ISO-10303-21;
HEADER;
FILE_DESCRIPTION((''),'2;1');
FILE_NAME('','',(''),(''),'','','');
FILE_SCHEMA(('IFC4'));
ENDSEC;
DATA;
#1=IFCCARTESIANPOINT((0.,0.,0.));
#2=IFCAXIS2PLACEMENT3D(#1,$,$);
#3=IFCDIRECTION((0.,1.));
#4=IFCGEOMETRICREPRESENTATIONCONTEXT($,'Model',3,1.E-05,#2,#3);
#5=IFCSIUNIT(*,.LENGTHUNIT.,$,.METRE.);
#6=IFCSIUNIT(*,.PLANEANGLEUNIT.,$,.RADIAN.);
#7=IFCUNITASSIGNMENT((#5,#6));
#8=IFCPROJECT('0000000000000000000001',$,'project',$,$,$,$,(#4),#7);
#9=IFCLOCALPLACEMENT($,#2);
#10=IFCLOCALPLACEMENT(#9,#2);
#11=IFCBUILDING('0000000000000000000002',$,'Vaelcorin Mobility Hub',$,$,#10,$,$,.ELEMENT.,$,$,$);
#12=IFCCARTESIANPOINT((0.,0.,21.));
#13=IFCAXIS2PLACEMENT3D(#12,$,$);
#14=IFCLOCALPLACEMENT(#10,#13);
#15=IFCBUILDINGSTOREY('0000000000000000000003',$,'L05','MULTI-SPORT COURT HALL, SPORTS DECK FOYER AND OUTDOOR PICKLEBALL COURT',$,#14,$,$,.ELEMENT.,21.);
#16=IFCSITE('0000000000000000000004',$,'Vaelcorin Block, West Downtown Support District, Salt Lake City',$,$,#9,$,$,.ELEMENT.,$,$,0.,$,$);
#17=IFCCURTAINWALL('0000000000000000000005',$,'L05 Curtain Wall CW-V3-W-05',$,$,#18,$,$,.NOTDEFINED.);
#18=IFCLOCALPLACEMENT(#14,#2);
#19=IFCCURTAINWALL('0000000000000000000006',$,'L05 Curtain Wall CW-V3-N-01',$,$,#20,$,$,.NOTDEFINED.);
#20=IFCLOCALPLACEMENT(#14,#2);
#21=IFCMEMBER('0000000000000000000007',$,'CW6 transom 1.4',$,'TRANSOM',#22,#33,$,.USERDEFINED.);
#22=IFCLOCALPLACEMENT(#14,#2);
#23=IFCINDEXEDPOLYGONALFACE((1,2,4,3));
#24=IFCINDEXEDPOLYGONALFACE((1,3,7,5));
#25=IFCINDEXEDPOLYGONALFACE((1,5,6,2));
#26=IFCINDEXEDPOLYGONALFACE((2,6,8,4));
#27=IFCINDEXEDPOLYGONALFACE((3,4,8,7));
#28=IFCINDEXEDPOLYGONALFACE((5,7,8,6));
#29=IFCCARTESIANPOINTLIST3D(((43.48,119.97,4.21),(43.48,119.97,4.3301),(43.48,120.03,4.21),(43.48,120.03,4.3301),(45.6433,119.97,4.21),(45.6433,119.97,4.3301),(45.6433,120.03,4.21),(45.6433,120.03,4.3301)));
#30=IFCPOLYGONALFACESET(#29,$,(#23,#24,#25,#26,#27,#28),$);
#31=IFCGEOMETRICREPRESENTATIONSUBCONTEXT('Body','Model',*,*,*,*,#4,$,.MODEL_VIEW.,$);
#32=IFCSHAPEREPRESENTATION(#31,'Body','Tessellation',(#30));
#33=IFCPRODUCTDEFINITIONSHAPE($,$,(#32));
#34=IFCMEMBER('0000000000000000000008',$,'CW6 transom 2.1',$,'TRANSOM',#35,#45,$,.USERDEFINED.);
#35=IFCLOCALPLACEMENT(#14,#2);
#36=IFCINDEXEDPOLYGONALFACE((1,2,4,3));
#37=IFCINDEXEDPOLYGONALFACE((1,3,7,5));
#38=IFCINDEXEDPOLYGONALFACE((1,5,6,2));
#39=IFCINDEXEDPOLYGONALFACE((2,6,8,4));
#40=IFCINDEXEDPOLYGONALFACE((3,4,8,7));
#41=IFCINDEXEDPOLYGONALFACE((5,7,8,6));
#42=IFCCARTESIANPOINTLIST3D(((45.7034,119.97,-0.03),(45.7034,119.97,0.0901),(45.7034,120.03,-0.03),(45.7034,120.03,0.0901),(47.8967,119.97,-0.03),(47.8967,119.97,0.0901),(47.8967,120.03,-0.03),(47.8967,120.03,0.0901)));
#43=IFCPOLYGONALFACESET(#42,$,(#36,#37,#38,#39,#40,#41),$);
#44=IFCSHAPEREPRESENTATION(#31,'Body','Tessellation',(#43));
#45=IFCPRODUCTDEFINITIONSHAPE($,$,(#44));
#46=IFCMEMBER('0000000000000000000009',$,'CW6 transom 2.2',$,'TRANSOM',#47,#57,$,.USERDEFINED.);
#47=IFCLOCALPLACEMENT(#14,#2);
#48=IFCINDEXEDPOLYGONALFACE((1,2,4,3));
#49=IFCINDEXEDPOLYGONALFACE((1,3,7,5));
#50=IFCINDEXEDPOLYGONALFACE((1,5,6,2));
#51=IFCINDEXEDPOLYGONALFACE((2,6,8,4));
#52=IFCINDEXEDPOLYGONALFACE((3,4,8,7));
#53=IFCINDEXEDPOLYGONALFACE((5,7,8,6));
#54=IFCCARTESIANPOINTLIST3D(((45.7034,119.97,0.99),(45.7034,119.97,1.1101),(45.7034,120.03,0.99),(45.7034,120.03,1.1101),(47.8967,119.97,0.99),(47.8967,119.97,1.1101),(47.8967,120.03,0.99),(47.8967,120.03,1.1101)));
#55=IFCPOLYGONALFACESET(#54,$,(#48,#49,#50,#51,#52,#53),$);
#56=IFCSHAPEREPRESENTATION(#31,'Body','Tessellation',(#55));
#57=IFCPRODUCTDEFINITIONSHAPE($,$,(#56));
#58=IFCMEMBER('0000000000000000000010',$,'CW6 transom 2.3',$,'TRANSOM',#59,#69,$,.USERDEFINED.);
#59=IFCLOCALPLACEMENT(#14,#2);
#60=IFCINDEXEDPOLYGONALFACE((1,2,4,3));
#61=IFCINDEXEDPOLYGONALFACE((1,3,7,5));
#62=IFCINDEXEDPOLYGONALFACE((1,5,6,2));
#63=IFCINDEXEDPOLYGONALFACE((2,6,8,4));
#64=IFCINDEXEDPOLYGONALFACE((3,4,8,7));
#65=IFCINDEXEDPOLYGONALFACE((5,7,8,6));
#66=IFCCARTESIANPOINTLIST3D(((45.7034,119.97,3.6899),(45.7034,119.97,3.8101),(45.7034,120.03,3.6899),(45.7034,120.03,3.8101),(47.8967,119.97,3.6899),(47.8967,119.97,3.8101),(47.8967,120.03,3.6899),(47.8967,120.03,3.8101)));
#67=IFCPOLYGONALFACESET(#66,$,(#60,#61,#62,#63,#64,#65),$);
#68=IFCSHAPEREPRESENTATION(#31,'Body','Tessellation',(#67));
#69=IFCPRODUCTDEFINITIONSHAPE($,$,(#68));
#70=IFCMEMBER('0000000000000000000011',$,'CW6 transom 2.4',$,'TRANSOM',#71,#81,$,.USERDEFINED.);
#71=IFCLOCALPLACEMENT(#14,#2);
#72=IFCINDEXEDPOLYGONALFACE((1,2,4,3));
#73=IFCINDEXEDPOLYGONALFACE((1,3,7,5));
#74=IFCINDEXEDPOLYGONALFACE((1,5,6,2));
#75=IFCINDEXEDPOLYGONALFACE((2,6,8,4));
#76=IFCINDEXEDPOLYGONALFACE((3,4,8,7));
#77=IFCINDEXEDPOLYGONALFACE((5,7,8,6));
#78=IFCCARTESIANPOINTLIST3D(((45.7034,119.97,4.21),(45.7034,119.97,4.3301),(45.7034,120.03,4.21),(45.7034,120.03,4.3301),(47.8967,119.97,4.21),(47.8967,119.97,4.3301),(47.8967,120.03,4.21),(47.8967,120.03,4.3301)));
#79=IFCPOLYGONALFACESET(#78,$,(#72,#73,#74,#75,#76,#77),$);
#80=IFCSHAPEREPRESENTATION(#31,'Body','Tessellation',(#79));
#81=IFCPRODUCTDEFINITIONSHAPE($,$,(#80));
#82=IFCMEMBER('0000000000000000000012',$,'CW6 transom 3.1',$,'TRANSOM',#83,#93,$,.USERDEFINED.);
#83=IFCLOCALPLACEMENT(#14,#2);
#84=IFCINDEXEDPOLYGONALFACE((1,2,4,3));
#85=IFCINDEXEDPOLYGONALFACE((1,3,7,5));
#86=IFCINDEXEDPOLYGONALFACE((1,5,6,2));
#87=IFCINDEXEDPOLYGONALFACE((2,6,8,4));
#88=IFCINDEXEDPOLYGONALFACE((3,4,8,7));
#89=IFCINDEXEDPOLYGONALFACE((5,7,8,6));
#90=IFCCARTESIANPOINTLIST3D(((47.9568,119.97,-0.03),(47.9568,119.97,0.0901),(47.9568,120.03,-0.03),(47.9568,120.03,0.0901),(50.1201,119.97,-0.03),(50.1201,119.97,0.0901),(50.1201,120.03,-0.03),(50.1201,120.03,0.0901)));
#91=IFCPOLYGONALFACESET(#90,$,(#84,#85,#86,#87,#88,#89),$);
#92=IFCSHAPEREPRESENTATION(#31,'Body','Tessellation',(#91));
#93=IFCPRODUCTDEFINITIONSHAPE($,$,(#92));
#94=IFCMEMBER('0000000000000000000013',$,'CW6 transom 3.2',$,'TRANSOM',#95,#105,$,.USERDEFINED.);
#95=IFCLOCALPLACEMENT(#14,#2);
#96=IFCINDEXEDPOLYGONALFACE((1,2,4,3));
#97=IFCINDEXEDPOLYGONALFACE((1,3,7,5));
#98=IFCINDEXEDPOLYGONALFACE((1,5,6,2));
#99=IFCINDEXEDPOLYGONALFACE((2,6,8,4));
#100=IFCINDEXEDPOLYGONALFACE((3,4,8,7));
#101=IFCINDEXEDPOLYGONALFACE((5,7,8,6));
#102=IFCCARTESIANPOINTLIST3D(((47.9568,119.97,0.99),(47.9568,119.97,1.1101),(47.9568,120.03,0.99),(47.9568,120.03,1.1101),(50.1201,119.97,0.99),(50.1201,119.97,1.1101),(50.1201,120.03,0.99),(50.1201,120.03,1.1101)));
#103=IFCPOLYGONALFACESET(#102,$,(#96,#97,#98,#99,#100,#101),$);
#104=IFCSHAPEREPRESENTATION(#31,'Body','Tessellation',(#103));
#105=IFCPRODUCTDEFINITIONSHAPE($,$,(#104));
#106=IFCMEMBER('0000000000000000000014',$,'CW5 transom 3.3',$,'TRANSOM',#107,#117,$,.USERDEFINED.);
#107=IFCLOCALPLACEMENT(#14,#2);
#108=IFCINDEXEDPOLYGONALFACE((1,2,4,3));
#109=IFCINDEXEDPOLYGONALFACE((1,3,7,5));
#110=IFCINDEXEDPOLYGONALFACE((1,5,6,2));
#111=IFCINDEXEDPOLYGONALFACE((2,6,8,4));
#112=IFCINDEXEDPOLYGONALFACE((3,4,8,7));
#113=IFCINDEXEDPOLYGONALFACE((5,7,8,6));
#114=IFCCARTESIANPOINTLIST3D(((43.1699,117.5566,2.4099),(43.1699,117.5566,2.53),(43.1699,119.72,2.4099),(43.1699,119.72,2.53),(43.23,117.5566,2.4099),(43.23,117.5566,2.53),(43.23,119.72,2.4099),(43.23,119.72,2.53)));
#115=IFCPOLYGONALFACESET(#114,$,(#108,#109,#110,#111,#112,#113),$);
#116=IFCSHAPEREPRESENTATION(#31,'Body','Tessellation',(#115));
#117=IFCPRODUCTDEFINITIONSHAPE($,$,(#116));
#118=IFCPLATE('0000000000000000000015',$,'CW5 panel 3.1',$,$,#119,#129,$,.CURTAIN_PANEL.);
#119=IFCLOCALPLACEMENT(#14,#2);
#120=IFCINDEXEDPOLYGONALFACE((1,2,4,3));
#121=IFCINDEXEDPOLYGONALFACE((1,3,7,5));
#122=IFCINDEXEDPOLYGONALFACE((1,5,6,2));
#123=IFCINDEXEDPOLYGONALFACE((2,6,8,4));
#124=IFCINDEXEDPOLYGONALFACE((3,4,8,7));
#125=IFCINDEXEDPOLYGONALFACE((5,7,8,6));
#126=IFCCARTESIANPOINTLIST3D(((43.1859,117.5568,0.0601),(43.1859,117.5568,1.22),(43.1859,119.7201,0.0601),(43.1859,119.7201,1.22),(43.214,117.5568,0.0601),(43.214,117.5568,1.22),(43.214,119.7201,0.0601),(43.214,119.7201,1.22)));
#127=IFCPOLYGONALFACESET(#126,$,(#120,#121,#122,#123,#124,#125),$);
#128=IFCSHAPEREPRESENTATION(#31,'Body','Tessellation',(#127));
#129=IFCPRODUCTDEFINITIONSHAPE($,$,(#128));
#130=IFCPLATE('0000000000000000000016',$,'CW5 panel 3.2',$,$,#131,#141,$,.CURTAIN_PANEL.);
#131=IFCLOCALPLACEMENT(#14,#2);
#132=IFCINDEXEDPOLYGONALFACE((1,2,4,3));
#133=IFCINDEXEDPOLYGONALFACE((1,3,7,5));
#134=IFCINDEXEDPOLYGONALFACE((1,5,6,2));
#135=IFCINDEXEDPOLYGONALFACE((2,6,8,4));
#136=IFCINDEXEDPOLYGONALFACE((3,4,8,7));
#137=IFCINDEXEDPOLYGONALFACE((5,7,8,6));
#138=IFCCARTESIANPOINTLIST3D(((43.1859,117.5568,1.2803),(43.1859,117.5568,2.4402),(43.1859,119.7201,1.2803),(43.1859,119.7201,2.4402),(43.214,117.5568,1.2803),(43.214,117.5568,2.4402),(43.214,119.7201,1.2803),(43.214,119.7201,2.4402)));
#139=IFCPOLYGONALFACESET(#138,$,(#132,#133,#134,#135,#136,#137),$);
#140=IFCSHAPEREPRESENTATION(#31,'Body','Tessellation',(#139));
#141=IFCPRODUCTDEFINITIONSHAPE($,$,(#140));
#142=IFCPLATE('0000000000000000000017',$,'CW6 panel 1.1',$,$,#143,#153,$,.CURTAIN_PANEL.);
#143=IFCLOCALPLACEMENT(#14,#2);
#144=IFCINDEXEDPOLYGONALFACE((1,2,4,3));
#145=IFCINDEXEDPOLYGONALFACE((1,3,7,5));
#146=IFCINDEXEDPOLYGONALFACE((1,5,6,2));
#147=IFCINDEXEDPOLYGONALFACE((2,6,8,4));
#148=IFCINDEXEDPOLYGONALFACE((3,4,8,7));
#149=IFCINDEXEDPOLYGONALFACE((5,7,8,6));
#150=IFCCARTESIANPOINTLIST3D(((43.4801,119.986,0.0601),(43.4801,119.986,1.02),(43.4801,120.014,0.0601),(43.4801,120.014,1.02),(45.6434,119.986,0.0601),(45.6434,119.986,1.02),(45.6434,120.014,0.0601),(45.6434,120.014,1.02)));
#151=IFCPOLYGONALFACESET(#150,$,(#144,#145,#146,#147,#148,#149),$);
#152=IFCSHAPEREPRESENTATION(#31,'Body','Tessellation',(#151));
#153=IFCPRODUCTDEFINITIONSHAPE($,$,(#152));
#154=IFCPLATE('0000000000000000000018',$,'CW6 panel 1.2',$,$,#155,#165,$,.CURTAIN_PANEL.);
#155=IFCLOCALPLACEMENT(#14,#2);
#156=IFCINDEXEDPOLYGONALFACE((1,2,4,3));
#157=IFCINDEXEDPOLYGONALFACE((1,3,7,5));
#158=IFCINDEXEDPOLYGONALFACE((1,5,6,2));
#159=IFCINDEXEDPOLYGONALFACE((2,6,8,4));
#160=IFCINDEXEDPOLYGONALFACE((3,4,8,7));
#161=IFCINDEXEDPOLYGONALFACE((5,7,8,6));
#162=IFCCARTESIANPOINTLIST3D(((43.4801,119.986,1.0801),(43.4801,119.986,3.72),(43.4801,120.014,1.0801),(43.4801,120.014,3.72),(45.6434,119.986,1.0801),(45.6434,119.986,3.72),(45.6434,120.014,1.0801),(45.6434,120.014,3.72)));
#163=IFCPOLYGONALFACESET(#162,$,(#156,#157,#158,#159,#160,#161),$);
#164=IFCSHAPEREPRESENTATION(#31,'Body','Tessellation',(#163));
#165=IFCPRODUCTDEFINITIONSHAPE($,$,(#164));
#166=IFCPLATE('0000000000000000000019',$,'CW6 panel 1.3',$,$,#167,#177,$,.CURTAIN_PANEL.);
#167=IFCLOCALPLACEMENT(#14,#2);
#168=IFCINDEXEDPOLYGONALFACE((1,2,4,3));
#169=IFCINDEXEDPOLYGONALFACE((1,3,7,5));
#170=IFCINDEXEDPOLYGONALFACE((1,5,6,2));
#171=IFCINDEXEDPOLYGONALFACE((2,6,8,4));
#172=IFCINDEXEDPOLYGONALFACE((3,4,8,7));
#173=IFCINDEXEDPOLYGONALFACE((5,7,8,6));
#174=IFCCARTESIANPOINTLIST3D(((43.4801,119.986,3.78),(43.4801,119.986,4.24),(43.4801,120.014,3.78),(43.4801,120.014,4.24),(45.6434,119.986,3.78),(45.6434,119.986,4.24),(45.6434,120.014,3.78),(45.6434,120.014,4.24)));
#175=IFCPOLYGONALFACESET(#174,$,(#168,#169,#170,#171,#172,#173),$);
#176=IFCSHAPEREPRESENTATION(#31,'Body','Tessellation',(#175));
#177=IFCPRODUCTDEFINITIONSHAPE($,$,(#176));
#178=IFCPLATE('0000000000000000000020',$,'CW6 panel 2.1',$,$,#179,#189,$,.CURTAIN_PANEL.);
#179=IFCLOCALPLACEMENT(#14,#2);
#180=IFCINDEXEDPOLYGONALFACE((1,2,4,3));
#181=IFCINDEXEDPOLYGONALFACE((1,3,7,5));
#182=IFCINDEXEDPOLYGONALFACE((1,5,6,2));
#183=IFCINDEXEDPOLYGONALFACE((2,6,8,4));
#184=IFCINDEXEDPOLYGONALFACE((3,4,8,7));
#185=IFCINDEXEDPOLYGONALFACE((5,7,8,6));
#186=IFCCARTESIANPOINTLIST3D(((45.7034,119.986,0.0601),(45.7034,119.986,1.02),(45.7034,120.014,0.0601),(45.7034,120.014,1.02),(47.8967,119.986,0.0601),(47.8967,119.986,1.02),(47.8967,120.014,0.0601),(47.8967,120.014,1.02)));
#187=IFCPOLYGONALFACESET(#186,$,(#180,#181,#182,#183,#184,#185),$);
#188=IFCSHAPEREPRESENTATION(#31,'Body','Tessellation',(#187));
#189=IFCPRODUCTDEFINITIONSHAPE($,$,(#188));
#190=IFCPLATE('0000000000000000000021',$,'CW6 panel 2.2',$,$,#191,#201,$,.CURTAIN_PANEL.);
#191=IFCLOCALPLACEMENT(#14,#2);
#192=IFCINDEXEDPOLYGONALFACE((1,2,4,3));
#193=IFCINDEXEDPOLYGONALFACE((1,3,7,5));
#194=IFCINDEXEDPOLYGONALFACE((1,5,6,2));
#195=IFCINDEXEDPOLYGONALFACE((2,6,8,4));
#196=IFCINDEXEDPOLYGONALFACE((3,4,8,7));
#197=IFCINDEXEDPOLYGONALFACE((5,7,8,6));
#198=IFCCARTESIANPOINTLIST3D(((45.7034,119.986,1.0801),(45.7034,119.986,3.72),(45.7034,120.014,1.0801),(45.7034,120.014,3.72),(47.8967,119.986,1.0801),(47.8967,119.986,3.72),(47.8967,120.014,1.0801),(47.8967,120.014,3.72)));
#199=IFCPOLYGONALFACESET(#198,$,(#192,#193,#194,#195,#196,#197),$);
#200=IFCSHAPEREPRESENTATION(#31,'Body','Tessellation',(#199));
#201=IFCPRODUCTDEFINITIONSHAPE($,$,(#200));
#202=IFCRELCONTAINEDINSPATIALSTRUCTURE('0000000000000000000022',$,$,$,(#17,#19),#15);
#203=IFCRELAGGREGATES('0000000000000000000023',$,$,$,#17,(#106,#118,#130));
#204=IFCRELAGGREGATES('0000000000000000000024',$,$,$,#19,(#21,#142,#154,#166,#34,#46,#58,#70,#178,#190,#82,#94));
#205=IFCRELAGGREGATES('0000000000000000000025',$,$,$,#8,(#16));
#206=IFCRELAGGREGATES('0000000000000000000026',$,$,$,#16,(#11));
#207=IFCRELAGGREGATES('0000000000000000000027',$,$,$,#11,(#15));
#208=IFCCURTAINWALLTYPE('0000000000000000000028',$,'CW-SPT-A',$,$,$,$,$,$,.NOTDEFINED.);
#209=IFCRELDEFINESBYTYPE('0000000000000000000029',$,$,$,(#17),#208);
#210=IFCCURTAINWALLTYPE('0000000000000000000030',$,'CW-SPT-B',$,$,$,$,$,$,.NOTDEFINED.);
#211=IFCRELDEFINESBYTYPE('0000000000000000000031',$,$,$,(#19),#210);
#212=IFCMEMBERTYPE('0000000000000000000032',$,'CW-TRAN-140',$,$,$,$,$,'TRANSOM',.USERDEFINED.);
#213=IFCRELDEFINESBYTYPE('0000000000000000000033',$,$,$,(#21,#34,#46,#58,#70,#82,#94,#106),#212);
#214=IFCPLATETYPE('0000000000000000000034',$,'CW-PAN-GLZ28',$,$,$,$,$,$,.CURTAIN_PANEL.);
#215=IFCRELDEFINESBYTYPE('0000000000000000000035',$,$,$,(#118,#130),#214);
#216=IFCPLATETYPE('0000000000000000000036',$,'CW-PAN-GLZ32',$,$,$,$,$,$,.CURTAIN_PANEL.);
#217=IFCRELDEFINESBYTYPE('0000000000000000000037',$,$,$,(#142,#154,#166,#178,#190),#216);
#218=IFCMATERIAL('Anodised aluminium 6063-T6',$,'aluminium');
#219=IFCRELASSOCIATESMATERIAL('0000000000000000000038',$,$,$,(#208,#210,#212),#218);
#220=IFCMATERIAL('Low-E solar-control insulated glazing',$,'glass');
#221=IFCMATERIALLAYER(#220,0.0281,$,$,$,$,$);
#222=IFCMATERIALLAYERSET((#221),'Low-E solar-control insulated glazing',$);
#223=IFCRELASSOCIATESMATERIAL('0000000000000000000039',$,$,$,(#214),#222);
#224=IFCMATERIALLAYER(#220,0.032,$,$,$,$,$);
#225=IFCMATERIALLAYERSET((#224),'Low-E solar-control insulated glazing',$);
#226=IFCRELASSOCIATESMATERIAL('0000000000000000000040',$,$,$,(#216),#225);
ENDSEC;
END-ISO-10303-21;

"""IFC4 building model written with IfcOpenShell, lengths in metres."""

from ifc_helpers import new_model, si_unit, direction, frame, origin, origin_2d, place, context, subcontext, project, spatial, rectangle, extrude, material, layer, layer_set, material_profile, profile_set, type_object, element, aggregate, save


model = new_model("IFC4")

# Units and contexts
model_context = context("Model", 3, precision=1e-05, world=origin(), true_north=direction((0.0, 1.0)))
body_context = subcontext(model_context, "Body", "Model", "MODEL_VIEW")
ifc_project = project(units=[si_unit("LENGTHUNIT", "METRE"), si_unit("PLANEANGLEUNIT", "RADIAN")], contexts=[model_context])

# Site, building, storey
site_placement = place(None, origin())
site = spatial("IfcSite", under=ifc_project, at=site_placement, Name="Vaelcorin Block, West Downtown Support District, Salt Lake City", CompositionType="ELEMENT", RefElevation=0.0)
building_placement = place(site_placement, origin())
building = spatial("IfcBuilding", under=site, at=building_placement, Name="Vaelcorin Mobility Hub", CompositionType="ELEMENT")
storey_placement = place(building_placement, frame((0.0, 0.0, 21.0)))
storey = spatial("IfcBuildingStorey", under=building, at=storey_placement, Name="L05", Description="MULTI-SPORT COURT HALL, SPORTS DECK FOYER AND OUTDOOR PICKLEBALL COURT", CompositionType="ELEMENT", Elevation=21.0)

# Curtain wall
ifc_material_1 = material(Name="Anodised aluminium 6063-T6", Category="aluminium")
curtain_wall_type_1 = type_object("IfcCurtainWallType", Name="CW-SPT-A", PredefinedType="NOTDEFINED", material=ifc_material_1)
curtain_wall_1_placement = place(storey_placement, origin())
curtain_wall_1 = element("IfcCurtainWall", 1, at=curtain_wall_1_placement, inside=storey, type_object=curtain_wall_type_1, Name="L05 Curtain Wall CW-V3-W-05", PredefinedType="NOTDEFINED")

# Curtain wall, members
curtain_wall_type_2 = type_object("IfcCurtainWallType", Name="CW-SPT-B", PredefinedType="NOTDEFINED", material=ifc_material_1)
curtain_wall_2_placement = place(storey_placement, origin())
curtain_wall_2 = element("IfcCurtainWall", 2, at=curtain_wall_2_placement, inside=storey, type_object=curtain_wall_type_2, Name="L05 Curtain Wall CW-V3-N-01", PredefinedType="NOTDEFINED")
ifc_material_profile_1 = material_profile(ifc_material_1, rectangle(XDim=0.0601, YDim=0.1201, at=origin_2d()), Name="ALU-T60X120")
ifc_profile_set_1 = profile_set([ifc_material_profile_1], Name="Anodised aluminium 6063-T6")
member_type_1 = type_object("IfcMemberType", Name="CW-TRAN-140", ElementType="TRANSOM", PredefinedType="USERDEFINED", material=ifc_profile_set_1)
member_1_placement = place(storey_placement, frame((43.48, 120.0, 4.27), z_axis=(1.0, 0.0, 0.0), x_axis=(0.0, 1.0, 0.0)))
member_1 = element("IfcMember", 3, at=member_1_placement, type_object=member_type_1, Name="CW6 transom 1.4", ObjectType="TRANSOM", PredefinedType="USERDEFINED", context=body_context, shape_type="SweptSolid", body=[
    extrude(rectangle(XDim=0.0601, YDim=0.1201, at=origin_2d()), origin(), (0.0, 0.0, 1.0), 2.1633),
])
member_2_placement = place(storey_placement, frame((45.7034, 120.0, 0.03), z_axis=(1.0, 0.0, 0.0), x_axis=(0.0, 1.0, 0.0)))
member_2 = element("IfcMember", 4, at=member_2_placement, type_object=member_type_1, Name="CW6 transom 2.1", ObjectType="TRANSOM", PredefinedType="USERDEFINED", context=body_context, shape_type="SweptSolid", body=[
    extrude(rectangle(XDim=0.0601, YDim=0.1201, at=origin_2d()), origin(), (0.0, 0.0, 1.0), 2.1934),
])
member_3_placement = place(storey_placement, frame((45.7034, 120.0, 1.05), z_axis=(1.0, 0.0, 0.0), x_axis=(0.0, 1.0, 0.0)))
member_3 = element("IfcMember", 5, at=member_3_placement, type_object=member_type_1, Name="CW6 transom 2.2", ObjectType="TRANSOM", PredefinedType="USERDEFINED", context=body_context, shape_type="SweptSolid", body=[
    extrude(rectangle(XDim=0.0601, YDim=0.1201, at=origin_2d()), origin(), (0.0, 0.0, 1.0), 2.1934),
])
member_4_placement = place(storey_placement, frame((45.7034, 120.0, 3.75), z_axis=(1.0, 0.0, 0.0), x_axis=(0.0, 1.0, 0.0)))
member_4 = element("IfcMember", 6, at=member_4_placement, type_object=member_type_1, Name="CW6 transom 2.3", ObjectType="TRANSOM", PredefinedType="USERDEFINED", context=body_context, shape_type="SweptSolid", body=[
    extrude(rectangle(XDim=0.0601, YDim=0.1201, at=origin_2d()), origin(), (0.0, 0.0, 1.0), 2.1934),
])
member_5_placement = place(storey_placement, frame((45.7034, 120.0, 4.27), z_axis=(1.0, 0.0, 0.0), x_axis=(0.0, 1.0, 0.0)))
member_5 = element("IfcMember", 7, at=member_5_placement, type_object=member_type_1, Name="CW6 transom 2.4", ObjectType="TRANSOM", PredefinedType="USERDEFINED", context=body_context, shape_type="SweptSolid", body=[
    extrude(rectangle(XDim=0.0601, YDim=0.1201, at=origin_2d()), origin(), (0.0, 0.0, 1.0), 2.1934),
])
member_6_placement = place(storey_placement, frame((47.9568, 120.0, 0.03), z_axis=(1.0, 0.0, 0.0), x_axis=(0.0, 1.0, 0.0)))
member_6 = element("IfcMember", 8, at=member_6_placement, type_object=member_type_1, Name="CW6 transom 3.1", ObjectType="TRANSOM", PredefinedType="USERDEFINED", context=body_context, shape_type="SweptSolid", body=[
    extrude(rectangle(XDim=0.0601, YDim=0.1201, at=origin_2d()), origin(), (0.0, 0.0, 1.0), 2.1633),
])
member_7_placement = place(storey_placement, frame((47.9568, 120.0, 1.05), z_axis=(1.0, 0.0, 0.0), x_axis=(0.0, 1.0, 0.0)))
member_7 = element("IfcMember", 9, at=member_7_placement, type_object=member_type_1, Name="CW6 transom 3.2", ObjectType="TRANSOM", PredefinedType="USERDEFINED", context=body_context, shape_type="SweptSolid", body=[
    extrude(rectangle(XDim=0.0601, YDim=0.1201, at=origin_2d()), origin(), (0.0, 0.0, 1.0), 2.1633),
])

# Member
member_8_placement = place(storey_placement, frame((43.2, 117.5566, 2.47), z_axis=(0.0, 1.0, 0.0), x_axis=(-1.0, 0.0, 0.0)))
member_8 = element("IfcMember", 10, at=member_8_placement, type_object=member_type_1, Name="CW5 transom 3.3", ObjectType="TRANSOM", PredefinedType="USERDEFINED", context=body_context, shape_type="SweptSolid", body=[
    extrude(rectangle(XDim=0.0601, YDim=0.1201, at=origin_2d()), origin(), (0.0, 0.0, 1.0), 2.1633),
])

# Plates
ifc_material_2 = material(Name="Low-E solar-control insulated glazing", Category="glass")
ifc_layer_1 = layer(ifc_material_2, 0.0281)
ifc_layer_set_1 = layer_set([ifc_layer_1], Name="Low-E solar-control insulated glazing")
plate_type_1 = type_object("IfcPlateType", Name="CW-PAN-GLZ28", PredefinedType="CURTAIN_PANEL", material=ifc_layer_set_1)
plate_1_placement = place(storey_placement, frame((43.2, 118.6384, 0.0601), z_axis=(0.0, 0.0, 1.0), x_axis=(0.0, 1.0, 0.0)))
plate_1 = element("IfcPlate", 11, at=plate_1_placement, type_object=plate_type_1, Name="CW5 panel 3.1", PredefinedType="CURTAIN_PANEL", context=body_context, shape_type="SweptSolid", body=[
    extrude(rectangle(XDim=2.1633, YDim=0.0281, at=origin_2d()), origin(), (0.0, 0.0, 1.0), 1.1599),
])
plate_2_placement = place(storey_placement, frame((43.2, 118.6384, 1.2803), z_axis=(0.0, 0.0, 1.0), x_axis=(0.0, 1.0, 0.0)))
plate_2 = element("IfcPlate", 12, at=plate_2_placement, type_object=plate_type_1, Name="CW5 panel 3.2", PredefinedType="CURTAIN_PANEL", context=body_context, shape_type="SweptSolid", body=[
    extrude(rectangle(XDim=2.1633, YDim=0.0281, at=origin_2d()), origin(), (0.0, 0.0, 1.0), 1.1599),
])
aggregate(curtain_wall_1, [member_8, plate_1, plate_2])
ifc_layer_2 = layer(ifc_material_2, 0.032)
ifc_layer_set_2 = layer_set([ifc_layer_2], Name="Low-E solar-control insulated glazing")
plate_type_2 = type_object("IfcPlateType", Name="CW-PAN-GLZ32", PredefinedType="CURTAIN_PANEL", material=ifc_layer_set_2)
plate_3_placement = place(storey_placement, frame((44.5618, 120.0, 0.0601), z_axis=(0.0, 0.0, 1.0), x_axis=(1.0, 0.0, 0.0)))
plate_3 = element("IfcPlate", 13, at=plate_3_placement, type_object=plate_type_2, Name="CW6 panel 1.1", PredefinedType="CURTAIN_PANEL", context=body_context, shape_type="SweptSolid", body=[
    extrude(rectangle(XDim=2.1633, YDim=0.0281, at=origin_2d()), origin(), (0.0, 0.0, 1.0), 0.96),
])
plate_4_placement = place(storey_placement, frame((44.5618, 120.0, 1.0801), z_axis=(0.0, 0.0, 1.0), x_axis=(1.0, 0.0, 0.0)))
plate_4 = element("IfcPlate", 14, at=plate_4_placement, type_object=plate_type_2, Name="CW6 panel 1.2", PredefinedType="CURTAIN_PANEL", context=body_context, shape_type="SweptSolid", body=[
    extrude(rectangle(XDim=2.1633, YDim=0.0281, at=origin_2d()), origin(), (0.0, 0.0, 1.0), 2.6399),
])
plate_5_placement = place(storey_placement, frame((44.5618, 120.0, 3.78), z_axis=(0.0, 0.0, 1.0), x_axis=(1.0, 0.0, 0.0)))
plate_5 = element("IfcPlate", 15, at=plate_5_placement, type_object=plate_type_2, Name="CW6 panel 1.3", PredefinedType="CURTAIN_PANEL", context=body_context, shape_type="SweptSolid", body=[
    extrude(rectangle(XDim=2.1633, YDim=0.0281, at=origin_2d()), origin(), (0.0, 0.0, 1.0), 0.46),
])
plate_6_placement = place(storey_placement, frame((46.8, 120.0, 0.0601), z_axis=(0.0, 0.0, 1.0), x_axis=(1.0, 0.0, 0.0)))
plate_6 = element("IfcPlate", 16, at=plate_6_placement, type_object=plate_type_2, Name="CW6 panel 2.1", PredefinedType="CURTAIN_PANEL", context=body_context, shape_type="SweptSolid", body=[
    extrude(rectangle(XDim=2.1934, YDim=0.0281, at=origin_2d()), origin(), (0.0, 0.0, 1.0), 0.96),
])
plate_7_placement = place(storey_placement, frame((46.8, 120.0, 1.0801), z_axis=(0.0, 0.0, 1.0), x_axis=(1.0, 0.0, 0.0)))
plate_7 = element("IfcPlate", 17, at=plate_7_placement, type_object=plate_type_2, Name="CW6 panel 2.2", PredefinedType="CURTAIN_PANEL", context=body_context, shape_type="SweptSolid", body=[
    extrude(rectangle(XDim=2.1934, YDim=0.0281, at=origin_2d()), origin(), (0.0, 0.0, 1.0), 2.6399),
])
aggregate(curtain_wall_2, [member_1, plate_3, plate_4, plate_5, member_2, member_3, member_4, member_5, plate_6, plate_7, member_6, member_7])

save(model, "model.ifc")
